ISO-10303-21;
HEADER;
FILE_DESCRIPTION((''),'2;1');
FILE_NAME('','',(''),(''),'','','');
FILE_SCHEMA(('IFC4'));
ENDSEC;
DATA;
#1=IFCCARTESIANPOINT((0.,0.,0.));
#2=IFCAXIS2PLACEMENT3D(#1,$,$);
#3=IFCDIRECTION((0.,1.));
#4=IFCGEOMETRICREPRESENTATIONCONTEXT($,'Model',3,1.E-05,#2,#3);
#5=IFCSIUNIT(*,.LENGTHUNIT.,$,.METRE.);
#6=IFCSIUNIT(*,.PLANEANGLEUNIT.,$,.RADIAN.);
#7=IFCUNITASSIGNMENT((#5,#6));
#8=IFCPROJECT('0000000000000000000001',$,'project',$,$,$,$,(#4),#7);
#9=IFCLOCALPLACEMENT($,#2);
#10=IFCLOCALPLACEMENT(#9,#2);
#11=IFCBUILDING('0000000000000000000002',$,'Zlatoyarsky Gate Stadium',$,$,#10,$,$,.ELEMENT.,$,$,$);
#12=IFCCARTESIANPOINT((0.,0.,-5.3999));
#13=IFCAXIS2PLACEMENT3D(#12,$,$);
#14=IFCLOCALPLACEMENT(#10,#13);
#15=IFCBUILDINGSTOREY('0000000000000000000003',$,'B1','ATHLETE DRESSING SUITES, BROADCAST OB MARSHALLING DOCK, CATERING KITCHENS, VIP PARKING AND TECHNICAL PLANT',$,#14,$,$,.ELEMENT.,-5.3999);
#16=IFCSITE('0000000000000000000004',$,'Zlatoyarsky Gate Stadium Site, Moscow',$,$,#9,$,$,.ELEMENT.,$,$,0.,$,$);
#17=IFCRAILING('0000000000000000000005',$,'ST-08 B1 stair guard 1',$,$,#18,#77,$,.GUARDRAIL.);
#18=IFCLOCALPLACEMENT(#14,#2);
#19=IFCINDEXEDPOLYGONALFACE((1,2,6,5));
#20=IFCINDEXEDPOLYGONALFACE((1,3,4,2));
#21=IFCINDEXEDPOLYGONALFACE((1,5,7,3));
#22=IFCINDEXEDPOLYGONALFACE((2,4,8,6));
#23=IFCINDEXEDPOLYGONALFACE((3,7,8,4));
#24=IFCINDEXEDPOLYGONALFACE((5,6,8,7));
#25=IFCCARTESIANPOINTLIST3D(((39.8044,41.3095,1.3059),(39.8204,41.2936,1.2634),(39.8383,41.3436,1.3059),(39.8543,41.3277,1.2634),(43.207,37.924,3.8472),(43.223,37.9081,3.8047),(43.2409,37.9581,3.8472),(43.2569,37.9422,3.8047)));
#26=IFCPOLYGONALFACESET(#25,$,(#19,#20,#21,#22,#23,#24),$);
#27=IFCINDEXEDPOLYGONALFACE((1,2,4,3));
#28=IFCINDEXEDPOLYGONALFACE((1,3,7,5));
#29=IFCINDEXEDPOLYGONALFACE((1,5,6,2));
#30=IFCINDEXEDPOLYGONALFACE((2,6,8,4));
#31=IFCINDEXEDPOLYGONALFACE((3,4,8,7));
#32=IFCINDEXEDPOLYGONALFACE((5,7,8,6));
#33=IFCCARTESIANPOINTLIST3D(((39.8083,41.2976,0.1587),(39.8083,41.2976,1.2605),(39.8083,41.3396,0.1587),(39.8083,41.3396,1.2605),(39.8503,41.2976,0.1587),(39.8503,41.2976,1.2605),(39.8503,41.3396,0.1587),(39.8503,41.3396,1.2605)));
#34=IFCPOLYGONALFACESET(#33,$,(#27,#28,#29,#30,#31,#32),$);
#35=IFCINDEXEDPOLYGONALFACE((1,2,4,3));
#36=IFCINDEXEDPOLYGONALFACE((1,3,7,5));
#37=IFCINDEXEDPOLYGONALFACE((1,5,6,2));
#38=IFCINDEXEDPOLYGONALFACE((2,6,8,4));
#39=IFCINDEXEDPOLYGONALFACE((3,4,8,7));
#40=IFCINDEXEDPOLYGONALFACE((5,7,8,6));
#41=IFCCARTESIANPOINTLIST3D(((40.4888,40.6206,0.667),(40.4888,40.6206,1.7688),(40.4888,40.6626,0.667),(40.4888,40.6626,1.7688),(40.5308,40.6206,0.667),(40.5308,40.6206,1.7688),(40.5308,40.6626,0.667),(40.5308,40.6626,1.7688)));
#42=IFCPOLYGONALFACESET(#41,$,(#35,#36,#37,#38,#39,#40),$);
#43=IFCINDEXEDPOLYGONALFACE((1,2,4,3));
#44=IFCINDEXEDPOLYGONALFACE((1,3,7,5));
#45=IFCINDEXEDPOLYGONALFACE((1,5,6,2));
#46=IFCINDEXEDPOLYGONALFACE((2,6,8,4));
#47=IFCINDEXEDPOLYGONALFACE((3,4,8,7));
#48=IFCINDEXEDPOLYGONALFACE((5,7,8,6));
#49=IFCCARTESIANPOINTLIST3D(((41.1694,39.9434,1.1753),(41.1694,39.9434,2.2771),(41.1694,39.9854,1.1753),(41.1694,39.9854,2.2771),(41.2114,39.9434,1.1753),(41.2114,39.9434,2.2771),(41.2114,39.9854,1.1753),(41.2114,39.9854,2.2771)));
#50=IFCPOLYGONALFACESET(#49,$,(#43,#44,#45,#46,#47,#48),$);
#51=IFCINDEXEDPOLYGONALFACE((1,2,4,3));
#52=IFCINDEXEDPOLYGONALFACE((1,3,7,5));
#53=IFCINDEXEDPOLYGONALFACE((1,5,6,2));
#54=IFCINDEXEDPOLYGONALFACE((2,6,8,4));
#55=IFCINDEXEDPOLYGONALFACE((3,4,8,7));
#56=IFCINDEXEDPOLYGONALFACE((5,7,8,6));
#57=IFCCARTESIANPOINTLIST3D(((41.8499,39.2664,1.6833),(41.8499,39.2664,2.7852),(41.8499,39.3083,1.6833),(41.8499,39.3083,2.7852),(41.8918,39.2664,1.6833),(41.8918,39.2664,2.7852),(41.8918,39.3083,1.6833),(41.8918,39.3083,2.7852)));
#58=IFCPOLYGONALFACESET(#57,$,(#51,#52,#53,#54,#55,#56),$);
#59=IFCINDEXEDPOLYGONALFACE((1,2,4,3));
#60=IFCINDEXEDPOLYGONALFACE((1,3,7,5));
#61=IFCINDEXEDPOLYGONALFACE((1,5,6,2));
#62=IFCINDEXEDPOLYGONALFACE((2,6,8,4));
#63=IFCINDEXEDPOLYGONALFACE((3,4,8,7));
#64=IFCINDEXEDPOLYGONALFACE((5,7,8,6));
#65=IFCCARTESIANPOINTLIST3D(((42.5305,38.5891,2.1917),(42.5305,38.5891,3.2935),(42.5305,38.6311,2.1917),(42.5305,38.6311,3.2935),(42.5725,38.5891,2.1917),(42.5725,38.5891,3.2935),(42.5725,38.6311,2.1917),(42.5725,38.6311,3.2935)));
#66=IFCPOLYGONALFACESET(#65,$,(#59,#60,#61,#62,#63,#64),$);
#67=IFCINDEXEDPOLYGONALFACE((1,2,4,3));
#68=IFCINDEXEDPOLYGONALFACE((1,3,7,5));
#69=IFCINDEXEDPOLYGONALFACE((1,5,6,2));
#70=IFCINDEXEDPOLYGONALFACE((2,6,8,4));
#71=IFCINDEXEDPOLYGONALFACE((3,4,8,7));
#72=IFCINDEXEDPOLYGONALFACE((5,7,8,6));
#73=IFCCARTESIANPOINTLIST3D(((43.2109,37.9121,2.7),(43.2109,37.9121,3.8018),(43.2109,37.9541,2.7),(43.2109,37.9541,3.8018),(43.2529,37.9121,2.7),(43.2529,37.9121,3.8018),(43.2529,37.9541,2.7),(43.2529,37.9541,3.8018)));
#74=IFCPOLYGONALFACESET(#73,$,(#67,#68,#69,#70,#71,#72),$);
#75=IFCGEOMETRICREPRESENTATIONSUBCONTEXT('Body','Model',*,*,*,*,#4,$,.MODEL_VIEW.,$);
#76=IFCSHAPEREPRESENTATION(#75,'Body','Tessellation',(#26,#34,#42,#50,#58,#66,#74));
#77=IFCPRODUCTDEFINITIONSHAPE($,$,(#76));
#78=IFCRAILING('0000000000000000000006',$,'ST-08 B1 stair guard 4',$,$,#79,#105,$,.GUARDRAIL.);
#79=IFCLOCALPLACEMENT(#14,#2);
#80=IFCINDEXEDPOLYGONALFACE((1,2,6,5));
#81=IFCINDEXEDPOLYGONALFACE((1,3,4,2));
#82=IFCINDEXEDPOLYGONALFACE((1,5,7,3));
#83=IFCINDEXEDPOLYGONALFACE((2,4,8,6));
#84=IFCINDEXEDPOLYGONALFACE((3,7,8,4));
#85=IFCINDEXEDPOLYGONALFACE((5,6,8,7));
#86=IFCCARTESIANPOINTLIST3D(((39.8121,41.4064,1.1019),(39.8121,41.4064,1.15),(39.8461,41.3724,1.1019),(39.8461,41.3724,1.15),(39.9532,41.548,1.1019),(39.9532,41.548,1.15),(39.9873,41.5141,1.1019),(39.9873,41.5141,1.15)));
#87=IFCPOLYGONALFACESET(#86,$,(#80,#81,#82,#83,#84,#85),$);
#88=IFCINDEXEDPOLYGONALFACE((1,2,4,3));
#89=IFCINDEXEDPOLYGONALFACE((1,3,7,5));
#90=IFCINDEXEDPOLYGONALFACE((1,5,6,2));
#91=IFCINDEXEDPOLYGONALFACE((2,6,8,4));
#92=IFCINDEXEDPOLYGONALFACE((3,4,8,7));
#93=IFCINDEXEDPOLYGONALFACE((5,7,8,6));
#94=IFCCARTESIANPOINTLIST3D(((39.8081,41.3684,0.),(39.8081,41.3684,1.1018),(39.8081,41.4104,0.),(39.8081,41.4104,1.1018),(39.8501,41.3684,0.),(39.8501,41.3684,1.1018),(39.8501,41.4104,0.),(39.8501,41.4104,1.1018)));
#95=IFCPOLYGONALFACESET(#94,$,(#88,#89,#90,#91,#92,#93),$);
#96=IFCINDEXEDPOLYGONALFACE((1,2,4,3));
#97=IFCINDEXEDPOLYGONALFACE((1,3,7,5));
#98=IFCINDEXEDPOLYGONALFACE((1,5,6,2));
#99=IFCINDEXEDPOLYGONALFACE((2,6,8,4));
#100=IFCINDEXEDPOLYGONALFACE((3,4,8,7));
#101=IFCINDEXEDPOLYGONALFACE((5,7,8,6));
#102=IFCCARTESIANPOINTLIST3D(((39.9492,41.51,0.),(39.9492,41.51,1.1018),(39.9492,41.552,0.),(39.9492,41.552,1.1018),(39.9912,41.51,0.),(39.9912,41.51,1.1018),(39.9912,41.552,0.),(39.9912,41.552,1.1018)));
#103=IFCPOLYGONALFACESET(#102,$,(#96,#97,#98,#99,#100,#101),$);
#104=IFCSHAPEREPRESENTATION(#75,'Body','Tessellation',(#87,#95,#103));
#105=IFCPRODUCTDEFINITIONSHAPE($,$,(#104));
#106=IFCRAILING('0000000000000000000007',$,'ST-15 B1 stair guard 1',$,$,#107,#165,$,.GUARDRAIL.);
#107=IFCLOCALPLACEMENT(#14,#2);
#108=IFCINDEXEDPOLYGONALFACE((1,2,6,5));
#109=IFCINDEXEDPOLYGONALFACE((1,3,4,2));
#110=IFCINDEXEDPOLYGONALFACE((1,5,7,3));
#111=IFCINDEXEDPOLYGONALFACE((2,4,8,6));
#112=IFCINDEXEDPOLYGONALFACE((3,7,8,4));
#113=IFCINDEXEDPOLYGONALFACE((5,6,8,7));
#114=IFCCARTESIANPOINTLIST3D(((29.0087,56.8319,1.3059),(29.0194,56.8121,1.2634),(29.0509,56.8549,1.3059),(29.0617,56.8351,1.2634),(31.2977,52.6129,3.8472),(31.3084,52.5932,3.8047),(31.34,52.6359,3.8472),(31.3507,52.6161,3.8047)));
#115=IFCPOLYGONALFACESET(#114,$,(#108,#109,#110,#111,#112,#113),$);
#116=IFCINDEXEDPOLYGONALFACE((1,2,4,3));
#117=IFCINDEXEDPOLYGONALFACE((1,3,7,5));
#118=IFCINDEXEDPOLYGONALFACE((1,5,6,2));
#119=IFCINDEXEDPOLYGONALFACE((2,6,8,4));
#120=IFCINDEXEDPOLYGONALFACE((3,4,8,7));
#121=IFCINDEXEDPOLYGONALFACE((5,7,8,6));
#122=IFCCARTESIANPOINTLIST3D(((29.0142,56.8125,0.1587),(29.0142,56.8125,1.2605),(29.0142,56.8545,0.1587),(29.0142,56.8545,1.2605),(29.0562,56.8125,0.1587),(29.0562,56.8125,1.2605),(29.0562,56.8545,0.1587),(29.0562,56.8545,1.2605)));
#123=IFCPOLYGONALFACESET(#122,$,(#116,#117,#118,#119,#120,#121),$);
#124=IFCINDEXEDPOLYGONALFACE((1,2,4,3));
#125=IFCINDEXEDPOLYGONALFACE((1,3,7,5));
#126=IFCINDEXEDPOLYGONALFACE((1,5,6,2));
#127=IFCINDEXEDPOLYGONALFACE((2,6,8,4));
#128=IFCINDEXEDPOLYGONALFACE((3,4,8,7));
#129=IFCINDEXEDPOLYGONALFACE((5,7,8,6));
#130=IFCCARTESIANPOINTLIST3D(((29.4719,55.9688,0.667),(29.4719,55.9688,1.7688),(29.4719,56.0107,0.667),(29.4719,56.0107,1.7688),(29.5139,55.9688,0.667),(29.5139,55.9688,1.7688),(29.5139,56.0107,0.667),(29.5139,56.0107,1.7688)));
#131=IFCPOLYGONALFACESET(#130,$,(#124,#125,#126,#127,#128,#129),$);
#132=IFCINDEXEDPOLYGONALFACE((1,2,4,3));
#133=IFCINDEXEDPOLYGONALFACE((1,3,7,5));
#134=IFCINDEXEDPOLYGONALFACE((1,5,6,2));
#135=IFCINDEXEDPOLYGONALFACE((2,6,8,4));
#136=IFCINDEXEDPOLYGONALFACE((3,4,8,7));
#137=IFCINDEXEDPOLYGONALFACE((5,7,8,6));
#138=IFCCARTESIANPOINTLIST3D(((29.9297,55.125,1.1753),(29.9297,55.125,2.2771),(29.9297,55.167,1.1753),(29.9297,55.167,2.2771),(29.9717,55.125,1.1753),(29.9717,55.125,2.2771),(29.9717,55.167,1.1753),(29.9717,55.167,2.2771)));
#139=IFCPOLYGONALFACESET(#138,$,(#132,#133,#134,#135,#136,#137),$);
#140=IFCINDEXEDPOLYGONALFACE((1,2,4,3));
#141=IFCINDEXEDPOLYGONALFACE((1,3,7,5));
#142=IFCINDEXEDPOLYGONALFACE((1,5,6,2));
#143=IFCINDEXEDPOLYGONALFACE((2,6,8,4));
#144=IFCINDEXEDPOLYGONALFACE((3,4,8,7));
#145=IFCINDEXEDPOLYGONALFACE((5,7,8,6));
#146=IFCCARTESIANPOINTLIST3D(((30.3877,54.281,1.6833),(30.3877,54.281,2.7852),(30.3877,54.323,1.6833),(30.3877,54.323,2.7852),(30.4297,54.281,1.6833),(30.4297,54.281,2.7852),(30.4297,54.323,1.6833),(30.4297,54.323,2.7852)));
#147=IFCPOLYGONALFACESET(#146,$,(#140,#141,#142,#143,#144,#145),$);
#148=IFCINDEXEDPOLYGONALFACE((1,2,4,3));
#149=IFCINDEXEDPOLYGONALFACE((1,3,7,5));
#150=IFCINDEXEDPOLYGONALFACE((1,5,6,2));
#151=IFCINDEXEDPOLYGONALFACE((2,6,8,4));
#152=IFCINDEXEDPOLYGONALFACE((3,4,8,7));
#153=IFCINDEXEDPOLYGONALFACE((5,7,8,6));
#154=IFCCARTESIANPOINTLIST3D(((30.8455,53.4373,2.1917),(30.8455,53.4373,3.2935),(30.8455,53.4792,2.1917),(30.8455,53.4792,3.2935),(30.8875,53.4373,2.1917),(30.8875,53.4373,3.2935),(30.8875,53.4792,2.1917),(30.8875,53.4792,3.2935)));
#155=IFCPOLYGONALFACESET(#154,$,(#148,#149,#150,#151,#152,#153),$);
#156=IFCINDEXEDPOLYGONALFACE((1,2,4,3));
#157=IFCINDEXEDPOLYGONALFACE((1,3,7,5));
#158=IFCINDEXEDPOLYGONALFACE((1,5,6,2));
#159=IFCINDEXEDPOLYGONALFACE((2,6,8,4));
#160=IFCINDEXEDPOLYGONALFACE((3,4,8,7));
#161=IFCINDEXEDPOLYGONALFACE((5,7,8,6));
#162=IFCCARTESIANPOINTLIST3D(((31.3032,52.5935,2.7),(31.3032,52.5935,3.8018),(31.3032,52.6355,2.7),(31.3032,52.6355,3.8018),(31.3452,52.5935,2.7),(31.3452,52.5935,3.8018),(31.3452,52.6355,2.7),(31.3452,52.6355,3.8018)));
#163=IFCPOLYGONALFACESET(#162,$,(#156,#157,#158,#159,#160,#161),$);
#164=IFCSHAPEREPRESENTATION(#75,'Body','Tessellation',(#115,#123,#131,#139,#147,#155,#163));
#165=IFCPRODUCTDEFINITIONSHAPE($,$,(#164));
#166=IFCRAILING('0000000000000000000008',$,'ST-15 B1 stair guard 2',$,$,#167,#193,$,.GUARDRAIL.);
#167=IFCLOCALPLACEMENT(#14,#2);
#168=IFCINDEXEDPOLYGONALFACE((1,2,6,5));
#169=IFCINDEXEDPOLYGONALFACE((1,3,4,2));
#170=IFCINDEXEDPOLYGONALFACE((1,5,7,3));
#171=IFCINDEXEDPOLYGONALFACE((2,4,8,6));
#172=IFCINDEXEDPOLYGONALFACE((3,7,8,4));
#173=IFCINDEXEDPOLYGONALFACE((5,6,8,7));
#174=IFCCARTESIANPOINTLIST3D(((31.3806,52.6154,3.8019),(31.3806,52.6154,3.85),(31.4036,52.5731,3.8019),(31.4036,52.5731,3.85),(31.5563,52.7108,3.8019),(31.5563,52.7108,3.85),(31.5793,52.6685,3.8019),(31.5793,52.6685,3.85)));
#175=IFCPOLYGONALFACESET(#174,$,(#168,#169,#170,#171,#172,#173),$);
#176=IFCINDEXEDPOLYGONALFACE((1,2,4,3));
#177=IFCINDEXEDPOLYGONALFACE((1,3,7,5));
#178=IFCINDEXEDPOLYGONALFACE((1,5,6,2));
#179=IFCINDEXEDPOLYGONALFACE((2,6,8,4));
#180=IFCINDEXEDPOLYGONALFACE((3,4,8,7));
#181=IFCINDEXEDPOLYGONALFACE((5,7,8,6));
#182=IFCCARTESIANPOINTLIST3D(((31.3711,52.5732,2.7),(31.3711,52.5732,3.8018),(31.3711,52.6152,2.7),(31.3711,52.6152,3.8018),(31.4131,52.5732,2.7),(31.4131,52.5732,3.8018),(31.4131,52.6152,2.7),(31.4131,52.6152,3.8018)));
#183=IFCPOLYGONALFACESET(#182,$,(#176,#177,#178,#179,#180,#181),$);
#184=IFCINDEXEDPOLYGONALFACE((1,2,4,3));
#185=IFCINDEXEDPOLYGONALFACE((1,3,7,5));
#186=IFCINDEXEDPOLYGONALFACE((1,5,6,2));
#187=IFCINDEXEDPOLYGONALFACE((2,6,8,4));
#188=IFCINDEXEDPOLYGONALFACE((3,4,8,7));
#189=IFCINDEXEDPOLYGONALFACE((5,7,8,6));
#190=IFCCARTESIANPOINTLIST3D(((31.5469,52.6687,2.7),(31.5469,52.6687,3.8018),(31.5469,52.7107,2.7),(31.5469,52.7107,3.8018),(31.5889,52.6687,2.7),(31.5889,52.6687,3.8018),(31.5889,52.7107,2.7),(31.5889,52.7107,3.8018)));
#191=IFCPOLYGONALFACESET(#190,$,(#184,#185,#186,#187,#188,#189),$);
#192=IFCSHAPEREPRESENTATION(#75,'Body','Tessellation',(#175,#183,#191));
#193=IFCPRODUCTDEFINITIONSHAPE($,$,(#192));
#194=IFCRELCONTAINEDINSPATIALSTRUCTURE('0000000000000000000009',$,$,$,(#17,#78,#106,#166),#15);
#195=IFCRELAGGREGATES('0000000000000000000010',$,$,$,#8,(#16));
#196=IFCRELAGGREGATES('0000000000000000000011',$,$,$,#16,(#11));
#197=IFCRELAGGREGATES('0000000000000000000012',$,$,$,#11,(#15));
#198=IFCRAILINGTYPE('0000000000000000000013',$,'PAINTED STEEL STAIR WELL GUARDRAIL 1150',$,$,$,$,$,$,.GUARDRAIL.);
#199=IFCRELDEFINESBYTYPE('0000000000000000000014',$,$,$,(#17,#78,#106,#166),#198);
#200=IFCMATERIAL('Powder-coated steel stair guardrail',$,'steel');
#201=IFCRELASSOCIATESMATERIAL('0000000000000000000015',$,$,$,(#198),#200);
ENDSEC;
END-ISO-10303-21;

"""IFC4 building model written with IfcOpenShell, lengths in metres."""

from ifc_helpers import new_model, si_unit, direction, frame, origin, origin_2d, place, context, subcontext, project, spatial, rectangle, extrude, material, type_object, element, save


model = new_model("IFC4")

# Units and contexts
model_context = context("Model", 3, precision=1e-05, world=origin(), true_north=direction((0.0, 1.0)))
body_context = subcontext(model_context, "Body", "Model", "MODEL_VIEW")
ifc_project = project(units=[si_unit("LENGTHUNIT", "METRE"), si_unit("PLANEANGLEUNIT", "RADIAN")], contexts=[model_context])

# Site, building, storey
site_placement = place(None, origin())
site = spatial("IfcSite", under=ifc_project, at=site_placement, Name="Zlatoyarsky Gate Stadium Site, Moscow", CompositionType="ELEMENT", RefElevation=0.0)
building_placement = place(site_placement, origin())
building = spatial("IfcBuilding", under=site, at=building_placement, Name="Zlatoyarsky Gate Stadium", CompositionType="ELEMENT")
storey_placement = place(building_placement, frame((0.0, 0.0, -5.3999)))
storey = spatial("IfcBuildingStorey", under=building, at=storey_placement, Name="B1", Description="ATHLETE DRESSING SUITES, BROADCAST OB MARSHALLING DOCK, CATERING KITCHENS, VIP PARKING AND TECHNICAL PLANT", CompositionType="ELEMENT", Elevation=-5.3999)

# Railings
ifc_material_1 = material(Name="Powder-coated steel stair guardrail", Category="steel")
railing_type_1 = type_object("IfcRailingType", Name="PAINTED STEEL STAIR WELL GUARDRAIL 1150", PredefinedType="GUARDRAIL", material=ifc_material_1)
railing_1_placement = place(storey_placement, frame((39.8293, 41.3186, 0.1587)))
element("IfcRailing", 1, at=railing_1_placement, inside=storey, type_object=railing_type_1, Name="ST-08 B1 stair guard 1", PredefinedType="GUARDRAIL", context=body_context, shape_type="SweptSolid", body=[
    extrude(rectangle(XDim=0.0481, YDim=0.0481, at=origin_2d()), frame((0.0, 0.0, 1.126), z_axis=(0.626497, -0.62335, 0.467906), x_axis=(0.705324, 0.708885, 0.0)), (0.0, 0.0, 1.0), 5.4312),
    extrude(rectangle(XDim=0.042, YDim=0.042, at=origin_2d()), origin(), (0.0, 0.0, 1.0), 1.1018),
    extrude(rectangle(XDim=0.042, YDim=0.042, at=origin_2d()), frame((0.6804, -0.677, 0.5083)), (0.0, 0.0, 1.0), 1.1018),
    extrude(rectangle(XDim=0.042, YDim=0.042, at=origin_2d()), frame((1.3611, -1.3542, 1.0166)), (0.0, 0.0, 1.0), 1.1018),
    extrude(rectangle(XDim=0.042, YDim=0.042, at=origin_2d()), frame((2.0415, -2.0312, 1.5247)), (0.0, 0.0, 1.0), 1.1018),
    extrude(rectangle(XDim=0.042, YDim=0.042, at=origin_2d()), frame((2.7222, -2.7085, 2.033)), (0.0, 0.0, 1.0), 1.1018),
    extrude(rectangle(XDim=0.042, YDim=0.042, at=origin_2d()), frame((3.4026, -3.3855, 2.5413)), (0.0, 0.0, 1.0), 1.1018),
])
railing_2_placement = place(storey_placement, frame((39.8291, 41.3894, 0.0)))
element("IfcRailing", 2, at=railing_2_placement, inside=storey, type_object=railing_type_1, Name="ST-08 B1 stair guard 4", PredefinedType="GUARDRAIL", context=body_context, shape_type="SweptSolid", body=[
    extrude(rectangle(XDim=0.0481, YDim=0.0481, at=origin_2d()), frame((0.0, 0.0, 1.126), z_axis=(0.705884, 0.708327, 0.0), x_axis=(-0.708327, 0.705884, 0.0)), (0.0, 0.0, 1.0), 0.2),
    extrude(rectangle(XDim=0.042, YDim=0.042, at=origin_2d()), origin(), (0.0, 0.0, 1.0), 1.1018),
    extrude(rectangle(XDim=0.042, YDim=0.042, at=origin_2d()), frame((0.1411, 0.1416, 0.0)), (0.0, 0.0, 1.0), 1.1018),
])
railing_3_placement = place(storey_placement, frame((29.0352, 56.8335, 0.1587)))
element("IfcRailing", 3, at=railing_3_placement, inside=storey, type_object=railing_type_1, Name="ST-15 B1 stair guard 1", PredefinedType="GUARDRAIL", context=body_context, shape_type="SweptSolid", body=[
    extrude(rectangle(XDim=0.0481, YDim=0.0481, at=origin_2d()), frame((0.0, 0.0, 1.126), z_axis=(0.421467, -0.77681, 0.467902), x_axis=(0.878962, 0.476891, 0.0)), (0.0, 0.0, 1.0), 5.4312),
    extrude(rectangle(XDim=0.042, YDim=0.042, at=origin_2d()), origin(), (0.0, 0.0, 1.0), 1.1018),
    extrude(rectangle(XDim=0.042, YDim=0.042, at=origin_2d()), frame((0.4578, -0.8438, 0.5083)), (0.0, 0.0, 1.0), 1.1018),
    extrude(rectangle(XDim=0.042, YDim=0.042, at=origin_2d()), frame((0.9155, -1.6875, 1.0166)), (0.0, 0.0, 1.0), 1.1018),
    extrude(rectangle(XDim=0.042, YDim=0.042, at=origin_2d()), frame((1.3735, -2.5315, 1.5247)), (0.0, 0.0, 1.0), 1.1018),
    extrude(rectangle(XDim=0.042, YDim=0.042, at=origin_2d()), frame((1.8313, -3.3752, 2.033)), (0.0, 0.0, 1.0), 1.1018),
    extrude(rectangle(XDim=0.042, YDim=0.042, at=origin_2d()), frame((2.2891, -4.219, 2.5413)), (0.0, 0.0, 1.0), 1.1018),
])
railing_4_placement = place(storey_placement, frame((31.3921, 52.5942, 2.7)))
element("IfcRailing", 4, at=railing_4_placement, inside=storey, type_object=railing_type_1, Name="ST-15 B1 stair guard 2", PredefinedType="GUARDRAIL", context=body_context, shape_type="SweptSolid", body=[
    extrude(rectangle(XDim=0.0481, YDim=0.0481, at=origin_2d()), frame((0.0, 0.0, 1.126), z_axis=(0.87878, 0.477227, 0.0), x_axis=(-0.477227, 0.87878, 0.0)), (0.0, 0.0, 1.0), 0.2),
    extrude(rectangle(XDim=0.042, YDim=0.042, at=origin_2d()), origin(), (0.0, 0.0, 1.0), 1.1018),
    extrude(rectangle(XDim=0.042, YDim=0.042, at=origin_2d()), frame((0.1758, 0.0955, 0.0)), (0.0, 0.0, 1.0), 1.1018),
])

save(model, "model.ifc")
